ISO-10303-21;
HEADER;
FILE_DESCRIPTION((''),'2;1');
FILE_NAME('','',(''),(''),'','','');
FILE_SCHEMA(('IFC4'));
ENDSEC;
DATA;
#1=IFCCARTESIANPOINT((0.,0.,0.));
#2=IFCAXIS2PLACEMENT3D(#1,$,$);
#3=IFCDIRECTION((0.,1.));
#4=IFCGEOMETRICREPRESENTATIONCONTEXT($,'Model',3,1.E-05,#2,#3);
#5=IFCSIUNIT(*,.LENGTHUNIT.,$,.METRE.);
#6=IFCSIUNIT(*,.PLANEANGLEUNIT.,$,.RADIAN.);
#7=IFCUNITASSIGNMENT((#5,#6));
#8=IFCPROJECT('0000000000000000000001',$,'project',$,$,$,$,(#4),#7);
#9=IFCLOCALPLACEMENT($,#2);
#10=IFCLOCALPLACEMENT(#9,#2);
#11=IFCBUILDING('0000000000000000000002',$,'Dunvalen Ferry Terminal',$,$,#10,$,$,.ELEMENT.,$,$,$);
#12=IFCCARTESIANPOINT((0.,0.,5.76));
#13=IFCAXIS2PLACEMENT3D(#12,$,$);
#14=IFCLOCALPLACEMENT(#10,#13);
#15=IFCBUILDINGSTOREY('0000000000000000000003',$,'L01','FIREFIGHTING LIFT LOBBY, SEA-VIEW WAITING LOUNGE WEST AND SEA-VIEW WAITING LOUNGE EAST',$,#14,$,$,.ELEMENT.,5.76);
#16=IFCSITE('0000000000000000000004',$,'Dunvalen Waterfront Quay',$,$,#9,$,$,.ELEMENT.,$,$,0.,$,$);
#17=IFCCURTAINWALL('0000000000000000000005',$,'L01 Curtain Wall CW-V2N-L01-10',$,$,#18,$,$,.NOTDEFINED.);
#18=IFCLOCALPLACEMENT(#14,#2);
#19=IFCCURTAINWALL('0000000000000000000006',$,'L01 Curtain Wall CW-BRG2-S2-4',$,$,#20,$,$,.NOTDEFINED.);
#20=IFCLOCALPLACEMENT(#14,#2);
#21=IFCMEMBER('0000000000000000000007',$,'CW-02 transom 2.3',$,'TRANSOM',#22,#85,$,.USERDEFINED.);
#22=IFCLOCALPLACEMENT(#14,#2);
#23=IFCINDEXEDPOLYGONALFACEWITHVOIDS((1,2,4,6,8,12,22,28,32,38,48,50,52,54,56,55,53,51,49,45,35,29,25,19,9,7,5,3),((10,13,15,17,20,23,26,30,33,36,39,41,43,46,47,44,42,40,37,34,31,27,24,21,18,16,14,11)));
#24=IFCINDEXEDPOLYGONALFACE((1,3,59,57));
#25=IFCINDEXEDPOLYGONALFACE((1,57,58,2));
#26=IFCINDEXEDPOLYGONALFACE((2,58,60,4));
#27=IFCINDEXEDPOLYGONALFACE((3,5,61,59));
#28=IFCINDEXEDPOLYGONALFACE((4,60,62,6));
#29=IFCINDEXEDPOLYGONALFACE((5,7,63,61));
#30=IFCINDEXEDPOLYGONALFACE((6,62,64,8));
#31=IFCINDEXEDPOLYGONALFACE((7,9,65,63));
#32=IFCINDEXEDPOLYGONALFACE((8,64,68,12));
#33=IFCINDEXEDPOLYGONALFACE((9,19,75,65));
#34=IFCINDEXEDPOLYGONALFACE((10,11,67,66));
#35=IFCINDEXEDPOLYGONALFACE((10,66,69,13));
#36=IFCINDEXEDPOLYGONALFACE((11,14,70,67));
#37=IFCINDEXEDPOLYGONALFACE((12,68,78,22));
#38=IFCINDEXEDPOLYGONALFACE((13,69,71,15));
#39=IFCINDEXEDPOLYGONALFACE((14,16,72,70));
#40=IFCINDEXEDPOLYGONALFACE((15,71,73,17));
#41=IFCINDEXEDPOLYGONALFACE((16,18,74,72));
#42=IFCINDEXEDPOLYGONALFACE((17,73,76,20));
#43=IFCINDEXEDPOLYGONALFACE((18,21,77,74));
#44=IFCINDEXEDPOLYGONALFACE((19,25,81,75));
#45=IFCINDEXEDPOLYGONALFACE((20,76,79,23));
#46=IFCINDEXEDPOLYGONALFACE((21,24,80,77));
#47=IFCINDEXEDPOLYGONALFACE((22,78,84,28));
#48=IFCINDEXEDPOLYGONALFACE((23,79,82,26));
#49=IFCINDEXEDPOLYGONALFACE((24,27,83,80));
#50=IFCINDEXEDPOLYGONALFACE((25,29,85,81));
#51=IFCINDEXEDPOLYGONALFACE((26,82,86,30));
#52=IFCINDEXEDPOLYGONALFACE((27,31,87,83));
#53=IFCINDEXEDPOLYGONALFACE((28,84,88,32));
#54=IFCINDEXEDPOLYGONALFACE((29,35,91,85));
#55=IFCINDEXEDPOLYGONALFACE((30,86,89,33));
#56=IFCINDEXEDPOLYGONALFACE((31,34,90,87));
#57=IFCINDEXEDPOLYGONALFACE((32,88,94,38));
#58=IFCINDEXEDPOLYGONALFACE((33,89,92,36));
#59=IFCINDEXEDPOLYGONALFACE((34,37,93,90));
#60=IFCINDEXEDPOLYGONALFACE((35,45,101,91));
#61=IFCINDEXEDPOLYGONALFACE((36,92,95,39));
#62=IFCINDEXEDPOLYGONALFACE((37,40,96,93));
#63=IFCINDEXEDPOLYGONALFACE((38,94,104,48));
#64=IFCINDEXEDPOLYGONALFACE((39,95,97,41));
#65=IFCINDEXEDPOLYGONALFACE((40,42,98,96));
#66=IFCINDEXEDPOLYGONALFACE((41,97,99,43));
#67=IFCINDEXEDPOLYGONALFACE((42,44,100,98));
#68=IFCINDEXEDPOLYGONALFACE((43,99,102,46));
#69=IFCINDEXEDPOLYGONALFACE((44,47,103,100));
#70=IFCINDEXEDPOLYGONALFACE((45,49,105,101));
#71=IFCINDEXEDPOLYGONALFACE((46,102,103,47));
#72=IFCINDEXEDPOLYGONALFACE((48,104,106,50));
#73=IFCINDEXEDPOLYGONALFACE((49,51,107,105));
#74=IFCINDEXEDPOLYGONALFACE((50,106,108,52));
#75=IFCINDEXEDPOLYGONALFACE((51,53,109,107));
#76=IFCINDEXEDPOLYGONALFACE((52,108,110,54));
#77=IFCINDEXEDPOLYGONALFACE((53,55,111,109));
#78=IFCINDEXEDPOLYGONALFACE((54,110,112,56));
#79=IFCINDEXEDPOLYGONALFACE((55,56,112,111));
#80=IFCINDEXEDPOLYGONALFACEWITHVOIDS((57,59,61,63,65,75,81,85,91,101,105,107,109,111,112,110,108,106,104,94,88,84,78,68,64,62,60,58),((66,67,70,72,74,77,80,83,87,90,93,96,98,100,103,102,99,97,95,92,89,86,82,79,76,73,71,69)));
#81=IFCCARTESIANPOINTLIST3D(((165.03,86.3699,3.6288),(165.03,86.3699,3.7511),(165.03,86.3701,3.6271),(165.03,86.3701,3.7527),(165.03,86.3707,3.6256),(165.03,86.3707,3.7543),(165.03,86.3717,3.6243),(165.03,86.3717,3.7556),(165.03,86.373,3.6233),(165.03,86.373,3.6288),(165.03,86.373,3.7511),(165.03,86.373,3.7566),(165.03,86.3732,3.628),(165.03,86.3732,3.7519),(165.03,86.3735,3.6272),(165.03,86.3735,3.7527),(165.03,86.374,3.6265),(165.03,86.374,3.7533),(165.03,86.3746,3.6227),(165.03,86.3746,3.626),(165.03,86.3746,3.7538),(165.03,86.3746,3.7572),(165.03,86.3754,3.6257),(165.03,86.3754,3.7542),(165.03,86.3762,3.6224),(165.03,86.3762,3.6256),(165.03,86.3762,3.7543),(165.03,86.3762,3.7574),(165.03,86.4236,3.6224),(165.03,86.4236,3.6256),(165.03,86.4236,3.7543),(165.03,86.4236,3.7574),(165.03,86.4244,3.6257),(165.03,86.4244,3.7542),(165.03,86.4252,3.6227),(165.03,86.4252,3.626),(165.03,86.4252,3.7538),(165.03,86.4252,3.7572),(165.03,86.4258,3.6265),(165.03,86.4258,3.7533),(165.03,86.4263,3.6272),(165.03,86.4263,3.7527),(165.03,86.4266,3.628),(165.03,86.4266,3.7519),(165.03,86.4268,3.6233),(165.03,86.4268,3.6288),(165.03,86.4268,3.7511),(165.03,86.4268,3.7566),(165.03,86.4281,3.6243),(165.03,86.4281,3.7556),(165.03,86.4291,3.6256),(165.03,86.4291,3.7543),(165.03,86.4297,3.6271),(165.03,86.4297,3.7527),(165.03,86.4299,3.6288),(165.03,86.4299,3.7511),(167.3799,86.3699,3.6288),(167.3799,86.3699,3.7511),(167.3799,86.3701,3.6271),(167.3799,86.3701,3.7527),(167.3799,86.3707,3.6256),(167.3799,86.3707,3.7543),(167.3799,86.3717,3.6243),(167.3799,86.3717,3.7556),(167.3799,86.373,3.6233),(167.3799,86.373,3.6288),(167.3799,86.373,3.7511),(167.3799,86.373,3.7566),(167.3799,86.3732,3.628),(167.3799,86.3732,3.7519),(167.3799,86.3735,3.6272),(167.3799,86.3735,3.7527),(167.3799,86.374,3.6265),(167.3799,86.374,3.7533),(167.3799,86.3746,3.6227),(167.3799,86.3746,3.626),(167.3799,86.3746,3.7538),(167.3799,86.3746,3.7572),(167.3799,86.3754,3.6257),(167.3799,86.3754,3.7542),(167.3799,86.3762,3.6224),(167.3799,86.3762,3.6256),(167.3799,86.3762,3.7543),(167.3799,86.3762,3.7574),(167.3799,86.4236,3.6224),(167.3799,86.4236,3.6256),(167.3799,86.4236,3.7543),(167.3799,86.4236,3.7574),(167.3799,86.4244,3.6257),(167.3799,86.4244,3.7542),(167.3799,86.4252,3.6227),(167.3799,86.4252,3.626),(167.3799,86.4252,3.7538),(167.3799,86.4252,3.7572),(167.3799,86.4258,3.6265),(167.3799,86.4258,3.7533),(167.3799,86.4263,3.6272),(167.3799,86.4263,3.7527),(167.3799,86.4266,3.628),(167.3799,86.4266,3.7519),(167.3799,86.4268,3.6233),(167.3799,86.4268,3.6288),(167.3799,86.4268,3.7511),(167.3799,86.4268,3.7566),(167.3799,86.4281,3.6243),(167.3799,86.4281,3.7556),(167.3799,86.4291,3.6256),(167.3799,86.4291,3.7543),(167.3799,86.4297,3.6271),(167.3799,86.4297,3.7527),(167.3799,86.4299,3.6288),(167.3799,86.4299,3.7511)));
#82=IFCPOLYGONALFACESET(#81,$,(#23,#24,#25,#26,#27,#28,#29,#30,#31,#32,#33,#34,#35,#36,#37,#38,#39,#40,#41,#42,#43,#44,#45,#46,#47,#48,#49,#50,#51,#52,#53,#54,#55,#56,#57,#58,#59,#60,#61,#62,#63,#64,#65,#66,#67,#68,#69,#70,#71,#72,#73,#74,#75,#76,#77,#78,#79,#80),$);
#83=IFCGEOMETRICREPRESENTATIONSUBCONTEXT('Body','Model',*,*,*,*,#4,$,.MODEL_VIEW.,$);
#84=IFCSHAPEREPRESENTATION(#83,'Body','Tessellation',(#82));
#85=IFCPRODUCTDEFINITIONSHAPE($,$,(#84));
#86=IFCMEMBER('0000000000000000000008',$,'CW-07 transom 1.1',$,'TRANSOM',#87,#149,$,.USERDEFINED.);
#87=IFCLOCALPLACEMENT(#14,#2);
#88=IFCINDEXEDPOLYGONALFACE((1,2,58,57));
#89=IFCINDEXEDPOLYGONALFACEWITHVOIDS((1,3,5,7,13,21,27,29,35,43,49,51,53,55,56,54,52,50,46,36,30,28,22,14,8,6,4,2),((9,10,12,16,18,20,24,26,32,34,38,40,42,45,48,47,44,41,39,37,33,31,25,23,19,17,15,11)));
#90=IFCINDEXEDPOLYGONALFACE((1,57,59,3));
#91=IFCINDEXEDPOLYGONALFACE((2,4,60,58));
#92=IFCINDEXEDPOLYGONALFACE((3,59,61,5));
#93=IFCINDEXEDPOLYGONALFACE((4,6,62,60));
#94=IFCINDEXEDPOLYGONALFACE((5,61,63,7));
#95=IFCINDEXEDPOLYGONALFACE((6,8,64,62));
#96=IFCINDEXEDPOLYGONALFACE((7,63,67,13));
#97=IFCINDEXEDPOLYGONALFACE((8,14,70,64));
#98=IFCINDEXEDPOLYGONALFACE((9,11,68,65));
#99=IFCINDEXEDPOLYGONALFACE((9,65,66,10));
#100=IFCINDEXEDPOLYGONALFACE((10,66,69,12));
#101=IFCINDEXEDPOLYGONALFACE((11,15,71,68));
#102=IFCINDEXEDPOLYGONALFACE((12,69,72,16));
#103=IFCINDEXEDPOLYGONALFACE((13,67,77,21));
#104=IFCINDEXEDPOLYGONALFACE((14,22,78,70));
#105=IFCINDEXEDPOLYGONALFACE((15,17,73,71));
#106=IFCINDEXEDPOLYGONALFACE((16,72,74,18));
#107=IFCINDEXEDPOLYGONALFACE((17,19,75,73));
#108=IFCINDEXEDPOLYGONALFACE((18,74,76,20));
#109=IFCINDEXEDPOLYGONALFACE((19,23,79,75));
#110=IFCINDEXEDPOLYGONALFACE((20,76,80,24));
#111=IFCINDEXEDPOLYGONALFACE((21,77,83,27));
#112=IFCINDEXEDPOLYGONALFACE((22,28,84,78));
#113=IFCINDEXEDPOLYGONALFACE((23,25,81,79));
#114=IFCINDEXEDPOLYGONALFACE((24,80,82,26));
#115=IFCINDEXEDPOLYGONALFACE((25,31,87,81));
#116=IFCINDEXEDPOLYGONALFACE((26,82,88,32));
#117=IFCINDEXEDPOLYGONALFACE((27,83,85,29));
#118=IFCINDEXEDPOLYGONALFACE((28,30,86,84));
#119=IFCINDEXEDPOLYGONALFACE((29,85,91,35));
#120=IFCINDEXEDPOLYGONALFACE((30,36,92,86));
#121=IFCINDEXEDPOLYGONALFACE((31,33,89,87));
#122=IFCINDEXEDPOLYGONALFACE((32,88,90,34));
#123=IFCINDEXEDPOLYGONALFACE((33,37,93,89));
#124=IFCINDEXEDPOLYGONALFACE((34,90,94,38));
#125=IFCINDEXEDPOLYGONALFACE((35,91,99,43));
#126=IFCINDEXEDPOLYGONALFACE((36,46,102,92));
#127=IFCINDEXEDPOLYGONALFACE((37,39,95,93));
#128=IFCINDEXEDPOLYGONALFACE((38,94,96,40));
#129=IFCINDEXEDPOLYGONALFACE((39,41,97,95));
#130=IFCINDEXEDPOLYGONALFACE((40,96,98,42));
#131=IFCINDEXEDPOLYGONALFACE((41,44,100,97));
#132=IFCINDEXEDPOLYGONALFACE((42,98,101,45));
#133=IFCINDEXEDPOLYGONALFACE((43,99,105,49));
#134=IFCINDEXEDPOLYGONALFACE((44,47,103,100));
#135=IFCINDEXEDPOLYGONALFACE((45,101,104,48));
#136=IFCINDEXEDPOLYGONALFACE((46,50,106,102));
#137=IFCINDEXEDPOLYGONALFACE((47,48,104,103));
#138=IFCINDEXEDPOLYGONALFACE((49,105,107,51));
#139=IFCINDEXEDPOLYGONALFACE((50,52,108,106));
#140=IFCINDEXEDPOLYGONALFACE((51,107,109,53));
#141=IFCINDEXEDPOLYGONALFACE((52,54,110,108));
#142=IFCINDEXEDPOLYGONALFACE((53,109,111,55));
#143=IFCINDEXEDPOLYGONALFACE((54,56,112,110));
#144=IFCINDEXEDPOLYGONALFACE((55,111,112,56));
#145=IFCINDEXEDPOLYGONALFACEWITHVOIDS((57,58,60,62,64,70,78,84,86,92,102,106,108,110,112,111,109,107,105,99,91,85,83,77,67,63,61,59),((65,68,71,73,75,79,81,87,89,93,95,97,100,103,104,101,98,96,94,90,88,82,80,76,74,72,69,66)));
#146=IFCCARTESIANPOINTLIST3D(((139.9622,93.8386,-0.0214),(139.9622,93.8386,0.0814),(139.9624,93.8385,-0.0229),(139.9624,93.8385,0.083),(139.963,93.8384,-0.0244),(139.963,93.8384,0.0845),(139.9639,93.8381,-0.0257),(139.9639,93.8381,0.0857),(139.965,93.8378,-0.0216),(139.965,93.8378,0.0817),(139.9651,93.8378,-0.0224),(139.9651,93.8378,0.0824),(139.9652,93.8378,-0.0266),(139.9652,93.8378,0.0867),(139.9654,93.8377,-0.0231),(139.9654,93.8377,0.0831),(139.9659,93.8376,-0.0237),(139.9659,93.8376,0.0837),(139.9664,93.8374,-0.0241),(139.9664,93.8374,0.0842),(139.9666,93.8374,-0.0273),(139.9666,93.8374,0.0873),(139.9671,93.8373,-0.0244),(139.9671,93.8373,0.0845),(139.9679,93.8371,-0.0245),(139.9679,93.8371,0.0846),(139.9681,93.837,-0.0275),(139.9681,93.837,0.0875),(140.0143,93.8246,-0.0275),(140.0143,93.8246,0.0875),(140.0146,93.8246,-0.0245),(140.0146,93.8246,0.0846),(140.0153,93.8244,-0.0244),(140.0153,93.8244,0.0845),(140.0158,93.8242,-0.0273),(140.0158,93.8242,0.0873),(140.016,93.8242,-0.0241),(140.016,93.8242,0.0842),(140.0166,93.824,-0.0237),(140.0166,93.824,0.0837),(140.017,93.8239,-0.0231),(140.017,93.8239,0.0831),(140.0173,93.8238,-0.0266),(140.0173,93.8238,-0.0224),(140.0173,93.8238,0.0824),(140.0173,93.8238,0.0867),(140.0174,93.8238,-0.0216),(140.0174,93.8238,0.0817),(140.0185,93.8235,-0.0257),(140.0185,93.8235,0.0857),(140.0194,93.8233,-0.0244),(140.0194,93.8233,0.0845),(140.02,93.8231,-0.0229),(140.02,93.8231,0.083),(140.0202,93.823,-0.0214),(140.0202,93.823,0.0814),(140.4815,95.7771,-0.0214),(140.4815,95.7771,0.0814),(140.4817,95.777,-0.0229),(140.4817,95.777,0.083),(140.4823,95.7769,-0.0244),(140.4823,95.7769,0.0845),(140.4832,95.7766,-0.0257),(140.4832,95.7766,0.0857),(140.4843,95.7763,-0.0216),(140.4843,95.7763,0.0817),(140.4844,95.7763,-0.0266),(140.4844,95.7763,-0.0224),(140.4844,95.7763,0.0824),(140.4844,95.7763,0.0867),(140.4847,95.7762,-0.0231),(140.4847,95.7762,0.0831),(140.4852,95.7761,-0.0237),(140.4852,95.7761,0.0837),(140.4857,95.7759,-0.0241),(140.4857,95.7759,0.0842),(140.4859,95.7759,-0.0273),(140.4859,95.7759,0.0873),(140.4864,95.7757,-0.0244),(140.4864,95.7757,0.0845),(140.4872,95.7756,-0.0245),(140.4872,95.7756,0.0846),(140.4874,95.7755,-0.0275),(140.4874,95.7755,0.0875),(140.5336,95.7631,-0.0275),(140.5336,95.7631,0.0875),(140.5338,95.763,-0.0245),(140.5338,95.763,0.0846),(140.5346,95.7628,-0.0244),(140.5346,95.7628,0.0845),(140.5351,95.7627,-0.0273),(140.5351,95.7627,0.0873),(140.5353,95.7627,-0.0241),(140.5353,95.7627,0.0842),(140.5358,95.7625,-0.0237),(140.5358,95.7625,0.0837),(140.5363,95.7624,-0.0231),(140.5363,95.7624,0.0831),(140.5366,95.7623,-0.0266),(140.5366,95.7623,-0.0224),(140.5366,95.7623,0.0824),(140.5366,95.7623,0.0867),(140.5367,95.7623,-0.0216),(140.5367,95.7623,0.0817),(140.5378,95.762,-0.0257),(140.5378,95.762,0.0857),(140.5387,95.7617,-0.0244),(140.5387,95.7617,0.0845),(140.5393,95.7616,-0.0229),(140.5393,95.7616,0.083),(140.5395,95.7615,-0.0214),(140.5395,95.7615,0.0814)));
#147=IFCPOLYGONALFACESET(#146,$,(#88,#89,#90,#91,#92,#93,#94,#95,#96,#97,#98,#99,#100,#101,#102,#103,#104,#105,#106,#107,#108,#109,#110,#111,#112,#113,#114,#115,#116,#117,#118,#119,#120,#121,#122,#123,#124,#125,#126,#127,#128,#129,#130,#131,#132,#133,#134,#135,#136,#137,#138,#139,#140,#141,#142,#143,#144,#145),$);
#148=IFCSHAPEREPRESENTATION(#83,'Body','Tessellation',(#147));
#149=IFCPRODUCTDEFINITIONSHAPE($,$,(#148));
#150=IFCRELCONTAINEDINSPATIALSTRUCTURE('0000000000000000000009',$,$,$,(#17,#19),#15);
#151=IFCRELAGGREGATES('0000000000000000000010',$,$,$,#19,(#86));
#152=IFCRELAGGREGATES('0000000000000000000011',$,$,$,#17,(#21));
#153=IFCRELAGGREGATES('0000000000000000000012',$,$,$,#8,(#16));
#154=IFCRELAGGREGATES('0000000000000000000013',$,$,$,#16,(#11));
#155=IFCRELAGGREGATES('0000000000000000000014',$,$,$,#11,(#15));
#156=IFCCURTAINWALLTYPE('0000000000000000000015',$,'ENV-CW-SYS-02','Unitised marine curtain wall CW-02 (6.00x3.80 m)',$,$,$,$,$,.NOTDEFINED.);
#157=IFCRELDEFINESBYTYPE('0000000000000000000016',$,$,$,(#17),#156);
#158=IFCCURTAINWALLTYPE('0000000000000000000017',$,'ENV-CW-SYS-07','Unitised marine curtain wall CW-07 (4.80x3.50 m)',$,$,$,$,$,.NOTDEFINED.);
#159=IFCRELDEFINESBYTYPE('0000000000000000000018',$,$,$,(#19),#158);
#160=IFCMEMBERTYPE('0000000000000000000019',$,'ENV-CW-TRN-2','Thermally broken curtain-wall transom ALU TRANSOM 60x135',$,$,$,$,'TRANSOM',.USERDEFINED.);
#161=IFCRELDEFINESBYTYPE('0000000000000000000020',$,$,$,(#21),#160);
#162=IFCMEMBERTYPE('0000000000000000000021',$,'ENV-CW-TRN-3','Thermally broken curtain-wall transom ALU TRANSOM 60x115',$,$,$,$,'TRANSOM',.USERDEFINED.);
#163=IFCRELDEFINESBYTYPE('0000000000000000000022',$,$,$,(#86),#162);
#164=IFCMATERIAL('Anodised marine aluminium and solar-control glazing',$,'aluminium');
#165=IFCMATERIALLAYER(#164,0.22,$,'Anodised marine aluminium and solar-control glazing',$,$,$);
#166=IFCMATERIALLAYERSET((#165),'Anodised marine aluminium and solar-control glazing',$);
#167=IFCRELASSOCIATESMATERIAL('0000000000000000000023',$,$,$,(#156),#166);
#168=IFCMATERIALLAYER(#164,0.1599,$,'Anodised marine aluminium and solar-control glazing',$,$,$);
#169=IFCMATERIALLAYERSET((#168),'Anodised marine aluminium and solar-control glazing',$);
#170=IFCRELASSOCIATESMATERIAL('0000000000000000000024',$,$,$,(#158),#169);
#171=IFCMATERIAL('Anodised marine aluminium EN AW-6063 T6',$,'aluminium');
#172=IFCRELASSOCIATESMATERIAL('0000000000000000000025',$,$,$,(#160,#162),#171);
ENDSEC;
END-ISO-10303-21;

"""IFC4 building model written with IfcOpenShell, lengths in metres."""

from ifc_helpers import new_model, si_unit, direction, frame, origin, origin_2d, place, context, subcontext, project, spatial, hollow_rectangle, extrude, material, layer, layer_set, material_profile, profile_set, type_object, element, aggregate, save


model = new_model("IFC4")

# Units and contexts
model_context = context("Model", 3, precision=1e-05, world=origin(), true_north=direction((0.0, 1.0)))
body_context = subcontext(model_context, "Body", "Model", "MODEL_VIEW")
ifc_project = project(units=[si_unit("LENGTHUNIT", "METRE"), si_unit("PLANEANGLEUNIT", "RADIAN")], contexts=[model_context])

# Site, building, storey
site_placement = place(None, origin())
site = spatial("IfcSite", under=ifc_project, at=site_placement, Name="Dunvalen Waterfront Quay", CompositionType="ELEMENT", RefElevation=0.0)
building_placement = place(site_placement, origin())
building = spatial("IfcBuilding", under=site, at=building_placement, Name="Dunvalen Ferry Terminal", CompositionType="ELEMENT")
storey_placement = place(building_placement, frame((0.0, 0.0, 5.76)))
storey = spatial("IfcBuildingStorey", under=building, at=storey_placement, Name="L01", Description="FIREFIGHTING LIFT LOBBY, SEA-VIEW WAITING LOUNGE WEST AND SEA-VIEW WAITING LOUNGE EAST", CompositionType="ELEMENT", Elevation=5.76)

# Shared definitions
ifc_material_1 = material(Name="Anodised marine aluminium and solar-control glazing", Category="aluminium")
ifc_layer_1 = layer(ifc_material_1, 0.22, Name="Anodised marine aluminium and solar-control glazing")
ifc_layer_set_1 = layer_set([ifc_layer_1], Name="Anodised marine aluminium and solar-control glazing")
curtain_wall_type_1 = type_object("IfcCurtainWallType", Name="ENV-CW-SYS-02", Description="Unitised marine curtain wall CW-02 (6.00x3.80 m)", PredefinedType="NOTDEFINED", material=ifc_layer_set_1)
ifc_material_2 = material(Name="Anodised marine aluminium EN AW-6063 T6", Category="aluminium")

# Curtain wall
curtain_wall_1_placement = place(storey_placement, origin())
curtain_wall_1 = element("IfcCurtainWall", 1, at=curtain_wall_1_placement, inside=storey, type_object=curtain_wall_type_1, Name="L01 Curtain Wall CW-V2N-L01-10", PredefinedType="NOTDEFINED")

# Shared definitions
ifc_layer_2 = layer(ifc_material_1, 0.1599, Name="Anodised marine aluminium and solar-control glazing")
ifc_layer_set_2 = layer_set([ifc_layer_2], Name="Anodised marine aluminium and solar-control glazing")
curtain_wall_type_2 = type_object("IfcCurtainWallType", Name="ENV-CW-SYS-07", Description="Unitised marine curtain wall CW-07 (4.80x3.50 m)", PredefinedType="NOTDEFINED", material=ifc_layer_set_2)

# Curtain wall
curtain_wall_2_placement = place(storey_placement, origin())
curtain_wall_2 = element("IfcCurtainWall", 2, at=curtain_wall_2_placement, inside=storey, type_object=curtain_wall_type_2, Name="L01 Curtain Wall CW-BRG2-S2-4", PredefinedType="NOTDEFINED")

# Members
ifc_material_profile_1 = material_profile(ifc_material_2, hollow_rectangle(XDim=0.0601, YDim=0.135, WallThickness=0.0032, InnerFilletRadius=0.0032, OuterFilletRadius=0.0063, at=origin_2d()), Name="Anodised marine aluminium EN AW-6063 T6")
ifc_profile_set_1 = profile_set([ifc_material_profile_1], Name="Anodised marine aluminium EN AW-6063 T6")
member_type_1 = type_object("IfcMemberType", Name="ENV-CW-TRN-2", Description="Thermally broken curtain-wall transom ALU TRANSOM 60x135", ElementType="TRANSOM", PredefinedType="USERDEFINED", material=ifc_profile_set_1)
member_1_placement = place(storey_placement, frame((165.03, 86.3999, 3.6899), z_axis=(1.0, 0.0, 0.0), x_axis=(0.0, 1.0, 0.0)))
member_1 = element("IfcMember", 3, at=member_1_placement, type_object=member_type_1, Name="CW-02 transom 2.3", ObjectType="TRANSOM", PredefinedType="USERDEFINED", context=body_context, shape_type="SweptSolid", body=[
    extrude(hollow_rectangle(XDim=0.0601, YDim=0.135, WallThickness=0.0032, InnerFilletRadius=0.0032, OuterFilletRadius=0.0063, at=origin_2d()), origin(), (0.0, 0.0, 1.0), 2.3499),
])
ifc_material_profile_2 = material_profile(ifc_material_2, hollow_rectangle(XDim=0.0601, YDim=0.115, WallThickness=0.0029, InnerFilletRadius=0.0029, OuterFilletRadius=0.0061, at=origin_2d()), Name="Anodised marine aluminium EN AW-6063 T6")
ifc_profile_set_2 = profile_set([ifc_material_profile_2], Name="Anodised marine aluminium EN AW-6063 T6")
member_type_2 = type_object("IfcMemberType", Name="ENV-CW-TRN-3", Description="Thermally broken curtain-wall transom ALU TRANSOM 60x115", ElementType="TRANSOM", PredefinedType="USERDEFINED", material=ifc_profile_set_2)
member_2_placement = place(storey_placement, frame((139.9912, 93.8308, 0.03), z_axis=(0.25876, 0.965942, 0.0), x_axis=(-0.965942, 0.25876, 0.0)))
member_2 = element("IfcMember", 4, at=member_2_placement, type_object=member_type_2, Name="CW-07 transom 1.1", ObjectType="TRANSOM", PredefinedType="USERDEFINED", context=body_context, shape_type="SweptSolid", body=[
    extrude(hollow_rectangle(XDim=0.0601, YDim=0.115, WallThickness=0.0029, InnerFilletRadius=0.0029, OuterFilletRadius=0.0061, at=origin_2d()), origin(), (0.0, 0.0, 1.0), 2.0068),
])

aggregate(curtain_wall_2, [member_2])
aggregate(curtain_wall_1, [member_1])

save(model, "model.ifc")
